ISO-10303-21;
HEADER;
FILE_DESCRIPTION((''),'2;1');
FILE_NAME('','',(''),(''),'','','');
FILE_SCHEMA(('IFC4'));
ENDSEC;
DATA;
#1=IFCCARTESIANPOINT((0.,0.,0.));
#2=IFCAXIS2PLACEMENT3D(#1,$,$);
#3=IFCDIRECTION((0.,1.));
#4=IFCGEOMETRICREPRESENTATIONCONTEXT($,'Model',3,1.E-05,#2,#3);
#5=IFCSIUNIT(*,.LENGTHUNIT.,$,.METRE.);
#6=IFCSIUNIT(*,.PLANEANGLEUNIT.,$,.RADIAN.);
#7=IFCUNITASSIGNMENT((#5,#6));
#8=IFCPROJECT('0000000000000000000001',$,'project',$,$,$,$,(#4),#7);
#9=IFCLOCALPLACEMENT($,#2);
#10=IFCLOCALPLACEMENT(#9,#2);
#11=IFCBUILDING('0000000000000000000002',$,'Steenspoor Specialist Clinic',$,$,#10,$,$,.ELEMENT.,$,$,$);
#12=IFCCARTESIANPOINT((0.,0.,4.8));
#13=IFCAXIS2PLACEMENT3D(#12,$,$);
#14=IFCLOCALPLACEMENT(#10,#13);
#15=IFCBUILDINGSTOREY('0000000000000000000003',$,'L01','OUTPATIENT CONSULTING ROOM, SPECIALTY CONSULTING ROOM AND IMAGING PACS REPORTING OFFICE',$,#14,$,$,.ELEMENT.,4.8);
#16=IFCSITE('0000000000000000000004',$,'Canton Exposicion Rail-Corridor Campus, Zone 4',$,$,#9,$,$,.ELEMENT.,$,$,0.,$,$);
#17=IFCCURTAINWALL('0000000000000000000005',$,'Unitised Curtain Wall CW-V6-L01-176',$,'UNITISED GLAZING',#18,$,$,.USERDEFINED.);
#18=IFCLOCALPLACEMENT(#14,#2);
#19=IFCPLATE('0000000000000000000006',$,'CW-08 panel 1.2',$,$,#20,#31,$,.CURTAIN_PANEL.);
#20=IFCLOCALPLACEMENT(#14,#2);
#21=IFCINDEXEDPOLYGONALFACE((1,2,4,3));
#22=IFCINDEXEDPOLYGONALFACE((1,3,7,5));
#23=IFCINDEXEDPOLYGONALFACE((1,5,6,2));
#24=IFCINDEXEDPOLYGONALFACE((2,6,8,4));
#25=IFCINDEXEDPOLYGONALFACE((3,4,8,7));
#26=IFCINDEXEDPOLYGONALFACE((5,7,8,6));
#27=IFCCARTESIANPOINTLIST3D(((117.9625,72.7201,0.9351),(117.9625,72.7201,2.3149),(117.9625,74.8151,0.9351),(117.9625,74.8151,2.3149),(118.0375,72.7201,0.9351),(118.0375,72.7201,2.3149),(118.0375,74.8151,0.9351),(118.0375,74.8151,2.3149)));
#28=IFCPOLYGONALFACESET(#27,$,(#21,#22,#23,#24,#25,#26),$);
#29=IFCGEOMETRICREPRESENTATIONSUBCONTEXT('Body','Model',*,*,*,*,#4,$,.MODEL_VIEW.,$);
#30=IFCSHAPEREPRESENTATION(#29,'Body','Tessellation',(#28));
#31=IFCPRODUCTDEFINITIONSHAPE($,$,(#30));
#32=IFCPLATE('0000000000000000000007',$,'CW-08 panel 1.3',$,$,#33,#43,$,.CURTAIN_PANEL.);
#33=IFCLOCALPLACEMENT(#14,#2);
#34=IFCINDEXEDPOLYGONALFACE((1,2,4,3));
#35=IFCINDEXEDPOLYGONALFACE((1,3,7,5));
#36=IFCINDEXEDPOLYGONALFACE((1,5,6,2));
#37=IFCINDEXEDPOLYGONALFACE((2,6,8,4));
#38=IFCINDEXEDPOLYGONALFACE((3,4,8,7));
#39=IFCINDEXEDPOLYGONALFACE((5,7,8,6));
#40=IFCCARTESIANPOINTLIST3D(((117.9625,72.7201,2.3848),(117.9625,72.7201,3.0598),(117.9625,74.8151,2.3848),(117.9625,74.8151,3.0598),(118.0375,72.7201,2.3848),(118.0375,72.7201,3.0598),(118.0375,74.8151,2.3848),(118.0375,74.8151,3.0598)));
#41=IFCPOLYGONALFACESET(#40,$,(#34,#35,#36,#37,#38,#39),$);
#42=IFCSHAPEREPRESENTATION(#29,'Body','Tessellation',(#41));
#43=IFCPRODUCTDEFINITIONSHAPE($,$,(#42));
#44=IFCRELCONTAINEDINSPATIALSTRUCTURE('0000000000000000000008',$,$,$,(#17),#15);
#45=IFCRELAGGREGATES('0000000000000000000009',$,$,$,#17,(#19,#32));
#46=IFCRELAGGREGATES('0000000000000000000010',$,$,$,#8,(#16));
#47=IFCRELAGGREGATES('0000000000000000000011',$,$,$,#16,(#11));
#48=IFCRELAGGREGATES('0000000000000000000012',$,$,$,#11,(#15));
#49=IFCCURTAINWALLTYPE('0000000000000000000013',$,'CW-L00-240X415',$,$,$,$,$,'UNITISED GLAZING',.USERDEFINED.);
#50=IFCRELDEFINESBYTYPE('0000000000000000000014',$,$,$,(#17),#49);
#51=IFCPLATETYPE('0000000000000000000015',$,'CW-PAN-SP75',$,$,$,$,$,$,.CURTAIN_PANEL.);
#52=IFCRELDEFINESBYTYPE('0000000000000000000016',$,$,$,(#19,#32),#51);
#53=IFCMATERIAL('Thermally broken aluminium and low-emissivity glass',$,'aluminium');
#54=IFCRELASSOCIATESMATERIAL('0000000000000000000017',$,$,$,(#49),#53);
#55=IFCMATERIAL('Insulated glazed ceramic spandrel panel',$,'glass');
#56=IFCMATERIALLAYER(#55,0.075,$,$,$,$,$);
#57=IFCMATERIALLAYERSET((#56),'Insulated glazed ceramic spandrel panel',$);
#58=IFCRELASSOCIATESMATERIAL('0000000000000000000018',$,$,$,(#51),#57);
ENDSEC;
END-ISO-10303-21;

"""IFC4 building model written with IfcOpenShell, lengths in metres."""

from ifc_helpers import new_model, si_unit, direction, frame, origin, origin_2d, place, context, subcontext, project, spatial, rectangle, extrude, material, layer, layer_set, type_object, element, aggregate, save


model = new_model("IFC4")

# Units and contexts
model_context = context("Model", 3, precision=1e-05, world=origin(), true_north=direction((0.0, 1.0)))
body_context = subcontext(model_context, "Body", "Model", "MODEL_VIEW")
ifc_project = project(units=[si_unit("LENGTHUNIT", "METRE"), si_unit("PLANEANGLEUNIT", "RADIAN")], contexts=[model_context])

# Site, building, storey
site_placement = place(None, origin())
site = spatial("IfcSite", under=ifc_project, at=site_placement, Name="Canton Exposicion Rail-Corridor Campus, Zone 4", CompositionType="ELEMENT", RefElevation=0.0)
building_placement = place(site_placement, origin())
building = spatial("IfcBuilding", under=site, at=building_placement, Name="Steenspoor Specialist Clinic", CompositionType="ELEMENT")
storey_placement = place(building_placement, frame((0.0, 0.0, 4.8)))
storey = spatial("IfcBuildingStorey", under=building, at=storey_placement, Name="L01", Description="OUTPATIENT CONSULTING ROOM, SPECIALTY CONSULTING ROOM AND IMAGING PACS REPORTING OFFICE", CompositionType="ELEMENT", Elevation=4.8)

# Curtain wall
ifc_material_1 = material(Name="Thermally broken aluminium and low-emissivity glass", Category="aluminium")
curtain_wall_type_1 = type_object("IfcCurtainWallType", Name="CW-L00-240X415", ElementType="UNITISED GLAZING", PredefinedType="USERDEFINED", material=ifc_material_1)
curtain_wall_1_placement = place(storey_placement, origin())
curtain_wall_1 = element("IfcCurtainWall", 1, at=curtain_wall_1_placement, inside=storey, type_object=curtain_wall_type_1, Name="Unitised Curtain Wall CW-V6-L01-176", ObjectType="UNITISED GLAZING", PredefinedType="USERDEFINED")

# Plates
ifc_material_2 = material(Name="Insulated glazed ceramic spandrel panel", Category="glass")
ifc_layer_1 = layer(ifc_material_2, 0.075)
ifc_layer_set_1 = layer_set([ifc_layer_1], Name="Insulated glazed ceramic spandrel panel")
plate_type_1 = type_object("IfcPlateType", Name="CW-PAN-SP75", PredefinedType="CURTAIN_PANEL", material=ifc_layer_set_1)
plate_1_placement = place(storey_placement, frame((118.0, 73.7676, 0.9351), z_axis=(0.0, 0.0, 1.0), x_axis=(0.0, 1.0, 0.0)))
plate_1 = element("IfcPlate", 2, at=plate_1_placement, type_object=plate_type_1, Name="CW-08 panel 1.2", PredefinedType="CURTAIN_PANEL", context=body_context, shape_type="SweptSolid", body=[
    extrude(rectangle(XDim=2.095, YDim=0.075, at=origin_2d()), origin(), (0.0, 0.0, 1.0), 1.3799),
])
plate_2_placement = place(storey_placement, frame((118.0, 73.7676, 2.3848), z_axis=(0.0, 0.0, 1.0), x_axis=(0.0, 1.0, 0.0)))
plate_2 = element("IfcPlate", 3, at=plate_2_placement, type_object=plate_type_1, Name="CW-08 panel 1.3", PredefinedType="CURTAIN_PANEL", context=body_context, shape_type="SweptSolid", body=[
    extrude(rectangle(XDim=2.095, YDim=0.075, at=origin_2d()), origin(), (0.0, 0.0, 1.0), 0.675),
])
aggregate(curtain_wall_1, [plate_1, plate_2])

save(model, "model.ifc")
